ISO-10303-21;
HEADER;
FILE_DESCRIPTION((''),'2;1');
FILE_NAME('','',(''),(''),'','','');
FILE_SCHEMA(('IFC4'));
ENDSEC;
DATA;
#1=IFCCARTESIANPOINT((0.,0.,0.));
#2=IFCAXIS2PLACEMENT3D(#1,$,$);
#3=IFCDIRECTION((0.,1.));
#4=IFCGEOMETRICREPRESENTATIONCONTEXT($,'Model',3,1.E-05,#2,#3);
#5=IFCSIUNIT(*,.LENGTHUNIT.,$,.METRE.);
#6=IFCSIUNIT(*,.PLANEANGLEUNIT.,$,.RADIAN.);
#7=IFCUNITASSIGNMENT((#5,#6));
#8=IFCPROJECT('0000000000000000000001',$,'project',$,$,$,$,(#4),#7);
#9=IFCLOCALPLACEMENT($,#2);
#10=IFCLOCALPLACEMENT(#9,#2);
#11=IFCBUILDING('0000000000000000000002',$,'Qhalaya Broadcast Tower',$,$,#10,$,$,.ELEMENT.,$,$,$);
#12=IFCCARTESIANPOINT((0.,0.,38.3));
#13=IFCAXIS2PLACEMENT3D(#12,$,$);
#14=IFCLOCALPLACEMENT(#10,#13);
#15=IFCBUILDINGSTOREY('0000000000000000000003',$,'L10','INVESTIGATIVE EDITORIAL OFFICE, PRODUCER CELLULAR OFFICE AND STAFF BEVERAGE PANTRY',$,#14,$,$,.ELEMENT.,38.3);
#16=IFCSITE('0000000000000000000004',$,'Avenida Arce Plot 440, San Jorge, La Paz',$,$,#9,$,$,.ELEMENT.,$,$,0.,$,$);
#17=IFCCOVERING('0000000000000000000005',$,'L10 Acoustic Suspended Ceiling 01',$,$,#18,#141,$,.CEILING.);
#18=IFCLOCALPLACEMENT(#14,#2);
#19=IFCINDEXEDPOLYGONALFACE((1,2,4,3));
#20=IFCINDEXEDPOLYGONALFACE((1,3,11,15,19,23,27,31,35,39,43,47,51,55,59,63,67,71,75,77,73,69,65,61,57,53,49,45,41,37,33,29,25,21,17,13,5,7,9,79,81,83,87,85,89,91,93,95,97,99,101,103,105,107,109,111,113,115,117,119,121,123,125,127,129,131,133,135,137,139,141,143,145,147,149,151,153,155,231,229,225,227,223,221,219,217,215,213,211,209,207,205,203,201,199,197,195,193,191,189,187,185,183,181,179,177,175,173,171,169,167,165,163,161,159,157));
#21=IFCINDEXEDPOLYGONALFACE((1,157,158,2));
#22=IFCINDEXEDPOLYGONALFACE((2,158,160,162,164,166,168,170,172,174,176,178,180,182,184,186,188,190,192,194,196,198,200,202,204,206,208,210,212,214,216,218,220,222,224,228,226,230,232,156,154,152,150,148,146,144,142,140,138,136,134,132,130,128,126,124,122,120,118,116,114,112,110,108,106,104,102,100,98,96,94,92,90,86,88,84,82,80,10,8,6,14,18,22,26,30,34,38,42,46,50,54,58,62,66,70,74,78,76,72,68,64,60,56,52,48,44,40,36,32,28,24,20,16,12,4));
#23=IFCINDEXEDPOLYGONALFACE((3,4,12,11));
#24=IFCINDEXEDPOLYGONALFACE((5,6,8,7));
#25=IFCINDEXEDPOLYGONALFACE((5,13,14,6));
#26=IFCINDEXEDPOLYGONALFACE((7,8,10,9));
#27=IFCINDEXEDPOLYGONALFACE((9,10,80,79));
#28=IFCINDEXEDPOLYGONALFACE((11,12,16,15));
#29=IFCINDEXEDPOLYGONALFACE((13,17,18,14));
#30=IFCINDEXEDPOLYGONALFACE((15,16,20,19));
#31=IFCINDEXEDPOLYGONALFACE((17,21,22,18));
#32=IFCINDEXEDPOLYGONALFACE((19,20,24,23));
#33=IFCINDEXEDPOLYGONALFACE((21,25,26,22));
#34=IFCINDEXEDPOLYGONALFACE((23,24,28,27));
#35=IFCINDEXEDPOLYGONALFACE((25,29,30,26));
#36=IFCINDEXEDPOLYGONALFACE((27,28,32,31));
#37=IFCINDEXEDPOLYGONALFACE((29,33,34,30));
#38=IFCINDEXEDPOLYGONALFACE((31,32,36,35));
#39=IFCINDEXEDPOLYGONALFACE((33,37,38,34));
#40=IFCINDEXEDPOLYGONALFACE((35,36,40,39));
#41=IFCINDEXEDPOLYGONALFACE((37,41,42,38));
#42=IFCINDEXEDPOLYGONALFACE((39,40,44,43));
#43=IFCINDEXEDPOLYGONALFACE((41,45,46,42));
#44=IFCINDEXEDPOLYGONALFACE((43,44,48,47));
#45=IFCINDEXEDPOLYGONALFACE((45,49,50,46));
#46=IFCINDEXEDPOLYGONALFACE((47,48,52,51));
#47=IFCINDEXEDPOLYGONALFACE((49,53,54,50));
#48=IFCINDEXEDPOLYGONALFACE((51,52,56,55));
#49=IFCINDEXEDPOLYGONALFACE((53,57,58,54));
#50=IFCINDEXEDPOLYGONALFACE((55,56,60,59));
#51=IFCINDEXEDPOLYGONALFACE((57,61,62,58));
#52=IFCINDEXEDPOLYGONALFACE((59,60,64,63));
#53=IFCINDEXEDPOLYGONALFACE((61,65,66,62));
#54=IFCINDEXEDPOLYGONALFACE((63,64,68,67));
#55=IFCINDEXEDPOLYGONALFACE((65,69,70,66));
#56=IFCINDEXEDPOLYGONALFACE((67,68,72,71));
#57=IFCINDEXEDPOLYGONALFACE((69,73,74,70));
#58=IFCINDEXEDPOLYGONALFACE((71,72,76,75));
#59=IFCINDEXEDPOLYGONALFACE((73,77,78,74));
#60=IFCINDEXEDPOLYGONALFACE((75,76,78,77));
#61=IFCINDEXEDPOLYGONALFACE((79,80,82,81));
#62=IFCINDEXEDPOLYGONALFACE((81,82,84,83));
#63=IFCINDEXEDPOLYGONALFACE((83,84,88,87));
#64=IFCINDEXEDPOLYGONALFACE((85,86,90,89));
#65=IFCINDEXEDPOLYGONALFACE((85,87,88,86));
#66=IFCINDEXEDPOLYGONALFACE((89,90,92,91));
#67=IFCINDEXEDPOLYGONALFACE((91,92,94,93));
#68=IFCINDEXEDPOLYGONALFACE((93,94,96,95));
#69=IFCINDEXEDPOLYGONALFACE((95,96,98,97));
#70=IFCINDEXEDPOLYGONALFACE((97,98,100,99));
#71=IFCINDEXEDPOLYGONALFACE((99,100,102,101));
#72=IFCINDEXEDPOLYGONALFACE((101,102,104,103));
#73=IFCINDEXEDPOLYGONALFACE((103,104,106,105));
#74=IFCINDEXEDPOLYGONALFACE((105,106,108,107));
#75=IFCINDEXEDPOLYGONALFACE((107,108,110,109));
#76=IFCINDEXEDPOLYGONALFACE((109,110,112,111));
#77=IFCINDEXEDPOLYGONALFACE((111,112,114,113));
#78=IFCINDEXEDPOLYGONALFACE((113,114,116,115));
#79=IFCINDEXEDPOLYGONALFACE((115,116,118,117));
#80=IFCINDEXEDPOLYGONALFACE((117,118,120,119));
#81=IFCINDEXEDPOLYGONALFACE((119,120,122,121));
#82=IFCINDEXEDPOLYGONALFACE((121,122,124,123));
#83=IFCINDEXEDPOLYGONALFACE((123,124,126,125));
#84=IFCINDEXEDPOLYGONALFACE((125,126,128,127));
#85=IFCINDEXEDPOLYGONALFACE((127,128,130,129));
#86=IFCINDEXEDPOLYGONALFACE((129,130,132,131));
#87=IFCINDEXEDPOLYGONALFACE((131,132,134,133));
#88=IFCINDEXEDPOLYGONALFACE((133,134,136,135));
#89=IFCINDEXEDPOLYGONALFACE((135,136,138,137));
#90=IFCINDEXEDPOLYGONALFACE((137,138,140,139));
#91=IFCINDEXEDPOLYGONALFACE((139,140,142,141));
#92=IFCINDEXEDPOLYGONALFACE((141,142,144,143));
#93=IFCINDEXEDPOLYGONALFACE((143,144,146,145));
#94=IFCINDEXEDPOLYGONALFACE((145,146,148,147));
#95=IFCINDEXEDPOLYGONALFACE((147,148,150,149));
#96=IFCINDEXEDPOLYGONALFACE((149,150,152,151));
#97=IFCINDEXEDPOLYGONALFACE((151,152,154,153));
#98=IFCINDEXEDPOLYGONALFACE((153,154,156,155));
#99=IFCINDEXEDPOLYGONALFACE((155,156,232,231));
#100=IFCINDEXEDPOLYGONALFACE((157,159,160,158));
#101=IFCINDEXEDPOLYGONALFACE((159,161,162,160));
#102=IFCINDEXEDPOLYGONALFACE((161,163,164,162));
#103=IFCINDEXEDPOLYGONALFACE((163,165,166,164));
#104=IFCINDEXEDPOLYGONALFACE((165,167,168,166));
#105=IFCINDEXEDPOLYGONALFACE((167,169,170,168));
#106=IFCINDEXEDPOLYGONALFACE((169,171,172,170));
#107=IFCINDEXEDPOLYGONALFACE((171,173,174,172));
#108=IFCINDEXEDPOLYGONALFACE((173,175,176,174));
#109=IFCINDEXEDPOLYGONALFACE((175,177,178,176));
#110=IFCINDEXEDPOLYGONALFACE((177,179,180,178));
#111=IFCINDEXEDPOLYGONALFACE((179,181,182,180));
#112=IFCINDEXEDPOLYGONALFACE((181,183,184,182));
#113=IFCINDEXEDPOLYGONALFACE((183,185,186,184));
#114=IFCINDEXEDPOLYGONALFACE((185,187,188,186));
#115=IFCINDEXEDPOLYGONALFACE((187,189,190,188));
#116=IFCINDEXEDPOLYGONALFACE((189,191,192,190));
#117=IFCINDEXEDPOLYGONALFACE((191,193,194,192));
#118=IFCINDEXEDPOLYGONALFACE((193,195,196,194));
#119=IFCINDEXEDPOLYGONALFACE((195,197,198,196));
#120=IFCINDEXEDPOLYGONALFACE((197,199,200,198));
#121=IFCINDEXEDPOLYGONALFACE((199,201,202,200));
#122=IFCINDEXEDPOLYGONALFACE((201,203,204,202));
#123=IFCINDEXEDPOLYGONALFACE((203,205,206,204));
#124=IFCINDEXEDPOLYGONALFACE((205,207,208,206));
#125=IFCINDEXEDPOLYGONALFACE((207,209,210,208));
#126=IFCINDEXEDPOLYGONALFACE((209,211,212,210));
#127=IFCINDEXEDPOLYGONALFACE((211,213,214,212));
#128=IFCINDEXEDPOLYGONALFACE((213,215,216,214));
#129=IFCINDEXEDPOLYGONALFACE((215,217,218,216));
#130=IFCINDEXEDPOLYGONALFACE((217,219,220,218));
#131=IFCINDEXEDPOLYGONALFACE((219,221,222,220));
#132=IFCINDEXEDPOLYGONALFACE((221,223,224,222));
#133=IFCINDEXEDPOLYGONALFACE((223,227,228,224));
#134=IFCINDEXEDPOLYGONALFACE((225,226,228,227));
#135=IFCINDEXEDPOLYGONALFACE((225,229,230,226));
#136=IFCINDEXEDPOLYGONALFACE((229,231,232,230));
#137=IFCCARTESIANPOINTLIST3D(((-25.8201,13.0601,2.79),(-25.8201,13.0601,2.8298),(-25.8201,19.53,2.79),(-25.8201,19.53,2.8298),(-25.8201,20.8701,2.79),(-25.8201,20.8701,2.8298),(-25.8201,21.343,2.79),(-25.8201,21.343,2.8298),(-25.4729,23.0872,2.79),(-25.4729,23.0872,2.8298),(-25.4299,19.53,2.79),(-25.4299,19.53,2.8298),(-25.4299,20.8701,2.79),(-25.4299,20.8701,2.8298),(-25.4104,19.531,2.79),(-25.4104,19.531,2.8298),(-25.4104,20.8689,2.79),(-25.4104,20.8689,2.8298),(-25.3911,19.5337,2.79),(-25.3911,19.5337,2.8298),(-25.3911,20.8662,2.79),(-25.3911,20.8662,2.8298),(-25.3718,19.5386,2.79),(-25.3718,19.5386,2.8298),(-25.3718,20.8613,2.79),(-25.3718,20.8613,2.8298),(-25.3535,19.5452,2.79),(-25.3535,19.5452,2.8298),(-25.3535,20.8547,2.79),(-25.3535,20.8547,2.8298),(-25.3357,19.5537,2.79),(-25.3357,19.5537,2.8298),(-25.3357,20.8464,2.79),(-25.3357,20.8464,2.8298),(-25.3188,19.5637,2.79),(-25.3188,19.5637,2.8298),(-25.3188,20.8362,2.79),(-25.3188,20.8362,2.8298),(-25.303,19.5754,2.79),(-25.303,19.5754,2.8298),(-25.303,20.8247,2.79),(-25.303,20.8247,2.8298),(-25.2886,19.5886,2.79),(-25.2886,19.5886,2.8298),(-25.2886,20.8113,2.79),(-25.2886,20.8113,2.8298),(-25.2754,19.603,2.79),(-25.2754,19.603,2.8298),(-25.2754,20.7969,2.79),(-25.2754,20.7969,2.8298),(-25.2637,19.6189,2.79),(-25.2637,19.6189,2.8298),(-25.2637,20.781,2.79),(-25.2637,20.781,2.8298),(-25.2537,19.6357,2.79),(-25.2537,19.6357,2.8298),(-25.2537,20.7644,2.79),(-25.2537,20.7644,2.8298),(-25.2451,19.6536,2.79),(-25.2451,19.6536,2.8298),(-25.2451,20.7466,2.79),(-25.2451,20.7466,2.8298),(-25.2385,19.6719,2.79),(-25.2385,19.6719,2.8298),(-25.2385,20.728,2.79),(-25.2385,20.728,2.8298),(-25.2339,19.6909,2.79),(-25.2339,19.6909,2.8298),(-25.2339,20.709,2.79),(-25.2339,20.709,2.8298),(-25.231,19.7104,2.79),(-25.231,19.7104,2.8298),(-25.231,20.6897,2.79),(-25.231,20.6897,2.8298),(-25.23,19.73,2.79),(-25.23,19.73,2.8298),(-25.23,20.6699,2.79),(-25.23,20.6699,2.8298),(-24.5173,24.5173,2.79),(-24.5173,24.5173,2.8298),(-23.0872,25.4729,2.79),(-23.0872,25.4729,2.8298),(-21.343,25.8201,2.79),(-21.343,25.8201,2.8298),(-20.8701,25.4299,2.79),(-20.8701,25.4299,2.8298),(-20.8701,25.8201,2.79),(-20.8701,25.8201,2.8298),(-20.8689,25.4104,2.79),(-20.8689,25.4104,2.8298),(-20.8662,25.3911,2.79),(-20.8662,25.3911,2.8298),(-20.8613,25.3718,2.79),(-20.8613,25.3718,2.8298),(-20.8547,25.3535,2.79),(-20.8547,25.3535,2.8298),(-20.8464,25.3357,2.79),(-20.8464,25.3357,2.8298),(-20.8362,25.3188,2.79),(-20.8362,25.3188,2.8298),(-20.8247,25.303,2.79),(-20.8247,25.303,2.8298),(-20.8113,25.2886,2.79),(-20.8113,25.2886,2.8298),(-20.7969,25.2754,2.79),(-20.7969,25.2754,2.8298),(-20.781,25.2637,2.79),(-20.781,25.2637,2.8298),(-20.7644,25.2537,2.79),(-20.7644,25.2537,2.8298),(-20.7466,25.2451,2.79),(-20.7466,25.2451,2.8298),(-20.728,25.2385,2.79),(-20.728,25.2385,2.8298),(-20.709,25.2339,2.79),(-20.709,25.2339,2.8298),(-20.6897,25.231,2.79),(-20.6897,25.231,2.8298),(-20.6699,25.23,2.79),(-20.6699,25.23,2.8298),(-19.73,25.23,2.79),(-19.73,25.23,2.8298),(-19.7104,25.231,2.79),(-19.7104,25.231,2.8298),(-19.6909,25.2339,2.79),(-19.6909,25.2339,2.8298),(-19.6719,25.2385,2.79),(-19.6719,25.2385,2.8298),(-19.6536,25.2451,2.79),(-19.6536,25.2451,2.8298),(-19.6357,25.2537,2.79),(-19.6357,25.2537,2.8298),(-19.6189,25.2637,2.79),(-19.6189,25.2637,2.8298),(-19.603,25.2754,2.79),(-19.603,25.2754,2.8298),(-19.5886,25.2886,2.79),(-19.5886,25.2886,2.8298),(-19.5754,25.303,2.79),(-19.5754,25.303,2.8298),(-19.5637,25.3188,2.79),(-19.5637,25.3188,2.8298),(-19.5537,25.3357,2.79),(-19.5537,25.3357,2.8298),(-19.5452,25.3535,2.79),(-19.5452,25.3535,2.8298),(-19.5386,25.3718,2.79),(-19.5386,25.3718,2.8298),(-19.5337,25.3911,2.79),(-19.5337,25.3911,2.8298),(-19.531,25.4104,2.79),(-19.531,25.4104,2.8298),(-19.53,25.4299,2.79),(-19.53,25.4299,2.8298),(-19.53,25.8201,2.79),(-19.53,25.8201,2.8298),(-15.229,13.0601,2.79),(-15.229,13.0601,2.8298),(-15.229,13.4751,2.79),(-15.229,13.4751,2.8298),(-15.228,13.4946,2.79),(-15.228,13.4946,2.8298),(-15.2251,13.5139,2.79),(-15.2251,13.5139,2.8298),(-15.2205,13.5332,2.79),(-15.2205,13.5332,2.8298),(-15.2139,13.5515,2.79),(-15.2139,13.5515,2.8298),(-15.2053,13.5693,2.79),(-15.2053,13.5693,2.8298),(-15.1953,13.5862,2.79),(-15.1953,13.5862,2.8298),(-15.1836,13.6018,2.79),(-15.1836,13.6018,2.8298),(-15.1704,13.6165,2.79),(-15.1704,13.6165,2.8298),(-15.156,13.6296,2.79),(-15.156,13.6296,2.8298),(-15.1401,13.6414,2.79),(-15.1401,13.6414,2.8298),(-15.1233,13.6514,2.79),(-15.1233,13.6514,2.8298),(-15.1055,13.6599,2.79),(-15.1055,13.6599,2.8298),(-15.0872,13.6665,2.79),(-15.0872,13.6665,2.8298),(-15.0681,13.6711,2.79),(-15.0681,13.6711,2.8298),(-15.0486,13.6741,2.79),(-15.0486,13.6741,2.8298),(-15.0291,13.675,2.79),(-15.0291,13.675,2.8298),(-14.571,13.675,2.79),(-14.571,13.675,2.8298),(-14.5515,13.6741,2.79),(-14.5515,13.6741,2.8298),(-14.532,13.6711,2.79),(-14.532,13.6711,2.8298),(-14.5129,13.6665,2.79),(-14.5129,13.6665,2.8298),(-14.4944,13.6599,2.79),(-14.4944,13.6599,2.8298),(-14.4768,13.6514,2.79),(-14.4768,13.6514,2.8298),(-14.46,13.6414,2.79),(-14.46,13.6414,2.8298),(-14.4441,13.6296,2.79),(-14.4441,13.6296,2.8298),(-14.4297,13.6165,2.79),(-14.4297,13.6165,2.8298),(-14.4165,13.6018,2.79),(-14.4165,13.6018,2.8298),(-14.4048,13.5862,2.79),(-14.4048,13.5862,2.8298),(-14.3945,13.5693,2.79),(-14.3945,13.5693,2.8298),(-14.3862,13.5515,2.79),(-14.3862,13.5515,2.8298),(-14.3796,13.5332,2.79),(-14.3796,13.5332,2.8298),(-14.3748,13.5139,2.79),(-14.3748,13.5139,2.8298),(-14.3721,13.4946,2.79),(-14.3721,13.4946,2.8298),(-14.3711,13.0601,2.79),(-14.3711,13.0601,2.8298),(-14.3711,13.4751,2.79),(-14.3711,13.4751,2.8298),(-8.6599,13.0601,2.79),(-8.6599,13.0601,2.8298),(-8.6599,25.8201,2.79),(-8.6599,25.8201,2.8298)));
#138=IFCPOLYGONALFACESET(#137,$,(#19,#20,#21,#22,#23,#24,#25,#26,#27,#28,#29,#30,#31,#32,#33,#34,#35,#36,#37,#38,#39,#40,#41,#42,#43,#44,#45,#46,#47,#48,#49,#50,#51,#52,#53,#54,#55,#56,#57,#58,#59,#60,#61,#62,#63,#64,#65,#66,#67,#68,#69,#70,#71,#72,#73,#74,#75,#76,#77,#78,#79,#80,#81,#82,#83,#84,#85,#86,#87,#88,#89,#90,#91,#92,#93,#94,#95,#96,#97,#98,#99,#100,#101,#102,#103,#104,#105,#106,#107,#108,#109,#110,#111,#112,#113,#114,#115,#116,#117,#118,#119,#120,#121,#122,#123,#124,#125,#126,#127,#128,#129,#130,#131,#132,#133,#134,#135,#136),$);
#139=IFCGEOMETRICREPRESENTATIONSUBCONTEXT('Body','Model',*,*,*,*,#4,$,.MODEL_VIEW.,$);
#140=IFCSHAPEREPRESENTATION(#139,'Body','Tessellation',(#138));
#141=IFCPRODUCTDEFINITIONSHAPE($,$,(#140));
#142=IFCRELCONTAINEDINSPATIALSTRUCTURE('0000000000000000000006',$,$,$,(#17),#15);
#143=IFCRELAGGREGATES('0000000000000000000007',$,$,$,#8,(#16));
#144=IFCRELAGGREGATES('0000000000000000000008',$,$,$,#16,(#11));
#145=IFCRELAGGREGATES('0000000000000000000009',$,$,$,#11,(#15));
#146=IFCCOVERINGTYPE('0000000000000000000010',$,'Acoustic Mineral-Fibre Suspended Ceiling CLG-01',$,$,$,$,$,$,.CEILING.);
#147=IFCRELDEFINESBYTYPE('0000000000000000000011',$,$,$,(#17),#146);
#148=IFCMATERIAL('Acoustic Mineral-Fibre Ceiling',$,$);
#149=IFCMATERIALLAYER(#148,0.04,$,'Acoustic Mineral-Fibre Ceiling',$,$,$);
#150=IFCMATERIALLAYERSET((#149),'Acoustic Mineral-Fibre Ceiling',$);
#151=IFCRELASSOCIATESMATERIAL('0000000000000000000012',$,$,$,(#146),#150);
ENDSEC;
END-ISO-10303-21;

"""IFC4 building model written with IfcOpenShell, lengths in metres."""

from ifc_helpers import new_model, si_unit, direction, frame, origin, place, context, subcontext, project, spatial, polyline, outline, extrude, material, layer, layer_set, type_object, element, save


model = new_model("IFC4")

# Units and contexts
model_context = context("Model", 3, precision=1e-05, world=origin(), true_north=direction((0.0, 1.0)))
body_context = subcontext(model_context, "Body", "Model", "MODEL_VIEW")
ifc_project = project(units=[si_unit("LENGTHUNIT", "METRE"), si_unit("PLANEANGLEUNIT", "RADIAN")], contexts=[model_context])

# Site, building, storey
site_placement = place(None, origin())
site = spatial("IfcSite", under=ifc_project, at=site_placement, Name="Avenida Arce Plot 440, San Jorge, La Paz", CompositionType="ELEMENT", RefElevation=0.0)
building_placement = place(site_placement, origin())
building = spatial("IfcBuilding", under=site, at=building_placement, Name="Qhalaya Broadcast Tower", CompositionType="ELEMENT")
storey_placement = place(building_placement, frame((0.0, 0.0, 38.3)))
storey = spatial("IfcBuildingStorey", under=building, at=storey_placement, Name="L10", Description="INVESTIGATIVE EDITORIAL OFFICE, PRODUCER CELLULAR OFFICE AND STAFF BEVERAGE PANTRY", CompositionType="ELEMENT", Elevation=38.3)

# Covering
ifc_material_1 = material(Name="Acoustic Mineral-Fibre Ceiling")
ifc_layer_1 = layer(ifc_material_1, 0.04, Name="Acoustic Mineral-Fibre Ceiling")
ifc_layer_set_1 = layer_set([ifc_layer_1], Name="Acoustic Mineral-Fibre Ceiling")
covering_type = type_object("IfcCoveringType", Name="Acoustic Mineral-Fibre Suspended Ceiling CLG-01", PredefinedType="CEILING", material=ifc_layer_set_1)
covering_1_placement = place(storey_placement, frame((0.0, 0.0, 2.79)))
element("IfcCovering", 1, at=covering_1_placement, inside=storey, type_object=covering_type, Name="L10 Acoustic Suspended Ceiling 01", PredefinedType="CEILING", context=body_context, shape_type="SweptSolid", body=[
    extrude(outline(polyline([(-25.8201, 19.53), (-25.8201, 13.0601), (-15.229, 13.0601), (-15.229, 13.4751), (-15.228, 13.4946), (-15.2251, 13.5139), (-15.2205, 13.5332), (-15.2139, 13.5515), (-15.2053, 13.5693), (-15.1953, 13.5862), (-15.1836, 13.6018), (-15.1704, 13.6165), (-15.156, 13.6296), (-15.1401, 13.6414), (-15.1233, 13.6514), (-15.1055, 13.6599), (-15.0872, 13.6665), (-15.0681, 13.6711), (-15.0486, 13.6741), (-15.0291, 13.675), (-14.571, 13.675), (-14.5515, 13.6741), (-14.532, 13.6711), (-14.5129, 13.6665), (-14.4944, 13.6599), (-14.4768, 13.6514), (-14.46, 13.6414), (-14.4441, 13.6296), (-14.4297, 13.6165), (-14.4165, 13.6018), (-14.4048, 13.5862), (-14.3945, 13.5693), (-14.3862, 13.5515), (-14.3796, 13.5332), (-14.3748, 13.5139), (-14.3721, 13.4946), (-14.3711, 13.4751), (-14.3711, 13.0601), (-8.6599, 13.0601), (-8.6599, 25.8201), (-19.53, 25.8201), (-19.53, 25.4299), (-19.531, 25.4104), (-19.5337, 25.3911), (-19.5386, 25.3718), (-19.5452, 25.3535), (-19.5537, 25.3357), (-19.5637, 25.3188), (-19.5754, 25.303), (-19.5886, 25.2886), (-19.603, 25.2754), (-19.6189, 25.2637), (-19.6357, 25.2537), (-19.6536, 25.2451), (-19.6719, 25.2385), (-19.6909, 25.2339), (-19.7104, 25.231), (-19.73, 25.23), (-20.6699, 25.23), (-20.6897, 25.231), (-20.709, 25.2339), (-20.728, 25.2385), (-20.7466, 25.2451), (-20.7644, 25.2537), (-20.781, 25.2637), (-20.7969, 25.2754), (-20.8113, 25.2886), (-20.8247, 25.303), (-20.8362, 25.3188), (-20.8464, 25.3357), (-20.8547, 25.3535), (-20.8613, 25.3718), (-20.8662, 25.3911), (-20.8689, 25.4104), (-20.8701, 25.4299), (-20.8701, 25.8201), (-21.343, 25.8201), (-23.0872, 25.4729), (-24.5173, 24.5173), (-25.4729, 23.0872), (-25.8201, 21.343), (-25.8201, 20.8701), (-25.4299, 20.8701), (-25.4104, 20.8689), (-25.3911, 20.8662), (-25.3718, 20.8613), (-25.3535, 20.8547), (-25.3357, 20.8464), (-25.3188, 20.8362), (-25.303, 20.8247), (-25.2886, 20.8113), (-25.2754, 20.7969), (-25.2637, 20.781), (-25.2537, 20.7644), (-25.2451, 20.7466), (-25.2385, 20.728), (-25.2339, 20.709), (-25.231, 20.6897), (-25.23, 20.6699), (-25.23, 19.73), (-25.231, 19.7104), (-25.2339, 19.6909), (-25.2385, 19.6719), (-25.2451, 19.6536), (-25.2537, 19.6357), (-25.2637, 19.6189), (-25.2754, 19.603), (-25.2886, 19.5886), (-25.303, 19.5754), (-25.3188, 19.5637), (-25.3357, 19.5537), (-25.3535, 19.5452), (-25.3718, 19.5386), (-25.3911, 19.5337), (-25.4104, 19.531), (-25.4299, 19.53), (-25.8201, 19.53)])), origin(), (0.0, 0.0, 1.0), 0.0398),
])

save(model, "model.ifc")
